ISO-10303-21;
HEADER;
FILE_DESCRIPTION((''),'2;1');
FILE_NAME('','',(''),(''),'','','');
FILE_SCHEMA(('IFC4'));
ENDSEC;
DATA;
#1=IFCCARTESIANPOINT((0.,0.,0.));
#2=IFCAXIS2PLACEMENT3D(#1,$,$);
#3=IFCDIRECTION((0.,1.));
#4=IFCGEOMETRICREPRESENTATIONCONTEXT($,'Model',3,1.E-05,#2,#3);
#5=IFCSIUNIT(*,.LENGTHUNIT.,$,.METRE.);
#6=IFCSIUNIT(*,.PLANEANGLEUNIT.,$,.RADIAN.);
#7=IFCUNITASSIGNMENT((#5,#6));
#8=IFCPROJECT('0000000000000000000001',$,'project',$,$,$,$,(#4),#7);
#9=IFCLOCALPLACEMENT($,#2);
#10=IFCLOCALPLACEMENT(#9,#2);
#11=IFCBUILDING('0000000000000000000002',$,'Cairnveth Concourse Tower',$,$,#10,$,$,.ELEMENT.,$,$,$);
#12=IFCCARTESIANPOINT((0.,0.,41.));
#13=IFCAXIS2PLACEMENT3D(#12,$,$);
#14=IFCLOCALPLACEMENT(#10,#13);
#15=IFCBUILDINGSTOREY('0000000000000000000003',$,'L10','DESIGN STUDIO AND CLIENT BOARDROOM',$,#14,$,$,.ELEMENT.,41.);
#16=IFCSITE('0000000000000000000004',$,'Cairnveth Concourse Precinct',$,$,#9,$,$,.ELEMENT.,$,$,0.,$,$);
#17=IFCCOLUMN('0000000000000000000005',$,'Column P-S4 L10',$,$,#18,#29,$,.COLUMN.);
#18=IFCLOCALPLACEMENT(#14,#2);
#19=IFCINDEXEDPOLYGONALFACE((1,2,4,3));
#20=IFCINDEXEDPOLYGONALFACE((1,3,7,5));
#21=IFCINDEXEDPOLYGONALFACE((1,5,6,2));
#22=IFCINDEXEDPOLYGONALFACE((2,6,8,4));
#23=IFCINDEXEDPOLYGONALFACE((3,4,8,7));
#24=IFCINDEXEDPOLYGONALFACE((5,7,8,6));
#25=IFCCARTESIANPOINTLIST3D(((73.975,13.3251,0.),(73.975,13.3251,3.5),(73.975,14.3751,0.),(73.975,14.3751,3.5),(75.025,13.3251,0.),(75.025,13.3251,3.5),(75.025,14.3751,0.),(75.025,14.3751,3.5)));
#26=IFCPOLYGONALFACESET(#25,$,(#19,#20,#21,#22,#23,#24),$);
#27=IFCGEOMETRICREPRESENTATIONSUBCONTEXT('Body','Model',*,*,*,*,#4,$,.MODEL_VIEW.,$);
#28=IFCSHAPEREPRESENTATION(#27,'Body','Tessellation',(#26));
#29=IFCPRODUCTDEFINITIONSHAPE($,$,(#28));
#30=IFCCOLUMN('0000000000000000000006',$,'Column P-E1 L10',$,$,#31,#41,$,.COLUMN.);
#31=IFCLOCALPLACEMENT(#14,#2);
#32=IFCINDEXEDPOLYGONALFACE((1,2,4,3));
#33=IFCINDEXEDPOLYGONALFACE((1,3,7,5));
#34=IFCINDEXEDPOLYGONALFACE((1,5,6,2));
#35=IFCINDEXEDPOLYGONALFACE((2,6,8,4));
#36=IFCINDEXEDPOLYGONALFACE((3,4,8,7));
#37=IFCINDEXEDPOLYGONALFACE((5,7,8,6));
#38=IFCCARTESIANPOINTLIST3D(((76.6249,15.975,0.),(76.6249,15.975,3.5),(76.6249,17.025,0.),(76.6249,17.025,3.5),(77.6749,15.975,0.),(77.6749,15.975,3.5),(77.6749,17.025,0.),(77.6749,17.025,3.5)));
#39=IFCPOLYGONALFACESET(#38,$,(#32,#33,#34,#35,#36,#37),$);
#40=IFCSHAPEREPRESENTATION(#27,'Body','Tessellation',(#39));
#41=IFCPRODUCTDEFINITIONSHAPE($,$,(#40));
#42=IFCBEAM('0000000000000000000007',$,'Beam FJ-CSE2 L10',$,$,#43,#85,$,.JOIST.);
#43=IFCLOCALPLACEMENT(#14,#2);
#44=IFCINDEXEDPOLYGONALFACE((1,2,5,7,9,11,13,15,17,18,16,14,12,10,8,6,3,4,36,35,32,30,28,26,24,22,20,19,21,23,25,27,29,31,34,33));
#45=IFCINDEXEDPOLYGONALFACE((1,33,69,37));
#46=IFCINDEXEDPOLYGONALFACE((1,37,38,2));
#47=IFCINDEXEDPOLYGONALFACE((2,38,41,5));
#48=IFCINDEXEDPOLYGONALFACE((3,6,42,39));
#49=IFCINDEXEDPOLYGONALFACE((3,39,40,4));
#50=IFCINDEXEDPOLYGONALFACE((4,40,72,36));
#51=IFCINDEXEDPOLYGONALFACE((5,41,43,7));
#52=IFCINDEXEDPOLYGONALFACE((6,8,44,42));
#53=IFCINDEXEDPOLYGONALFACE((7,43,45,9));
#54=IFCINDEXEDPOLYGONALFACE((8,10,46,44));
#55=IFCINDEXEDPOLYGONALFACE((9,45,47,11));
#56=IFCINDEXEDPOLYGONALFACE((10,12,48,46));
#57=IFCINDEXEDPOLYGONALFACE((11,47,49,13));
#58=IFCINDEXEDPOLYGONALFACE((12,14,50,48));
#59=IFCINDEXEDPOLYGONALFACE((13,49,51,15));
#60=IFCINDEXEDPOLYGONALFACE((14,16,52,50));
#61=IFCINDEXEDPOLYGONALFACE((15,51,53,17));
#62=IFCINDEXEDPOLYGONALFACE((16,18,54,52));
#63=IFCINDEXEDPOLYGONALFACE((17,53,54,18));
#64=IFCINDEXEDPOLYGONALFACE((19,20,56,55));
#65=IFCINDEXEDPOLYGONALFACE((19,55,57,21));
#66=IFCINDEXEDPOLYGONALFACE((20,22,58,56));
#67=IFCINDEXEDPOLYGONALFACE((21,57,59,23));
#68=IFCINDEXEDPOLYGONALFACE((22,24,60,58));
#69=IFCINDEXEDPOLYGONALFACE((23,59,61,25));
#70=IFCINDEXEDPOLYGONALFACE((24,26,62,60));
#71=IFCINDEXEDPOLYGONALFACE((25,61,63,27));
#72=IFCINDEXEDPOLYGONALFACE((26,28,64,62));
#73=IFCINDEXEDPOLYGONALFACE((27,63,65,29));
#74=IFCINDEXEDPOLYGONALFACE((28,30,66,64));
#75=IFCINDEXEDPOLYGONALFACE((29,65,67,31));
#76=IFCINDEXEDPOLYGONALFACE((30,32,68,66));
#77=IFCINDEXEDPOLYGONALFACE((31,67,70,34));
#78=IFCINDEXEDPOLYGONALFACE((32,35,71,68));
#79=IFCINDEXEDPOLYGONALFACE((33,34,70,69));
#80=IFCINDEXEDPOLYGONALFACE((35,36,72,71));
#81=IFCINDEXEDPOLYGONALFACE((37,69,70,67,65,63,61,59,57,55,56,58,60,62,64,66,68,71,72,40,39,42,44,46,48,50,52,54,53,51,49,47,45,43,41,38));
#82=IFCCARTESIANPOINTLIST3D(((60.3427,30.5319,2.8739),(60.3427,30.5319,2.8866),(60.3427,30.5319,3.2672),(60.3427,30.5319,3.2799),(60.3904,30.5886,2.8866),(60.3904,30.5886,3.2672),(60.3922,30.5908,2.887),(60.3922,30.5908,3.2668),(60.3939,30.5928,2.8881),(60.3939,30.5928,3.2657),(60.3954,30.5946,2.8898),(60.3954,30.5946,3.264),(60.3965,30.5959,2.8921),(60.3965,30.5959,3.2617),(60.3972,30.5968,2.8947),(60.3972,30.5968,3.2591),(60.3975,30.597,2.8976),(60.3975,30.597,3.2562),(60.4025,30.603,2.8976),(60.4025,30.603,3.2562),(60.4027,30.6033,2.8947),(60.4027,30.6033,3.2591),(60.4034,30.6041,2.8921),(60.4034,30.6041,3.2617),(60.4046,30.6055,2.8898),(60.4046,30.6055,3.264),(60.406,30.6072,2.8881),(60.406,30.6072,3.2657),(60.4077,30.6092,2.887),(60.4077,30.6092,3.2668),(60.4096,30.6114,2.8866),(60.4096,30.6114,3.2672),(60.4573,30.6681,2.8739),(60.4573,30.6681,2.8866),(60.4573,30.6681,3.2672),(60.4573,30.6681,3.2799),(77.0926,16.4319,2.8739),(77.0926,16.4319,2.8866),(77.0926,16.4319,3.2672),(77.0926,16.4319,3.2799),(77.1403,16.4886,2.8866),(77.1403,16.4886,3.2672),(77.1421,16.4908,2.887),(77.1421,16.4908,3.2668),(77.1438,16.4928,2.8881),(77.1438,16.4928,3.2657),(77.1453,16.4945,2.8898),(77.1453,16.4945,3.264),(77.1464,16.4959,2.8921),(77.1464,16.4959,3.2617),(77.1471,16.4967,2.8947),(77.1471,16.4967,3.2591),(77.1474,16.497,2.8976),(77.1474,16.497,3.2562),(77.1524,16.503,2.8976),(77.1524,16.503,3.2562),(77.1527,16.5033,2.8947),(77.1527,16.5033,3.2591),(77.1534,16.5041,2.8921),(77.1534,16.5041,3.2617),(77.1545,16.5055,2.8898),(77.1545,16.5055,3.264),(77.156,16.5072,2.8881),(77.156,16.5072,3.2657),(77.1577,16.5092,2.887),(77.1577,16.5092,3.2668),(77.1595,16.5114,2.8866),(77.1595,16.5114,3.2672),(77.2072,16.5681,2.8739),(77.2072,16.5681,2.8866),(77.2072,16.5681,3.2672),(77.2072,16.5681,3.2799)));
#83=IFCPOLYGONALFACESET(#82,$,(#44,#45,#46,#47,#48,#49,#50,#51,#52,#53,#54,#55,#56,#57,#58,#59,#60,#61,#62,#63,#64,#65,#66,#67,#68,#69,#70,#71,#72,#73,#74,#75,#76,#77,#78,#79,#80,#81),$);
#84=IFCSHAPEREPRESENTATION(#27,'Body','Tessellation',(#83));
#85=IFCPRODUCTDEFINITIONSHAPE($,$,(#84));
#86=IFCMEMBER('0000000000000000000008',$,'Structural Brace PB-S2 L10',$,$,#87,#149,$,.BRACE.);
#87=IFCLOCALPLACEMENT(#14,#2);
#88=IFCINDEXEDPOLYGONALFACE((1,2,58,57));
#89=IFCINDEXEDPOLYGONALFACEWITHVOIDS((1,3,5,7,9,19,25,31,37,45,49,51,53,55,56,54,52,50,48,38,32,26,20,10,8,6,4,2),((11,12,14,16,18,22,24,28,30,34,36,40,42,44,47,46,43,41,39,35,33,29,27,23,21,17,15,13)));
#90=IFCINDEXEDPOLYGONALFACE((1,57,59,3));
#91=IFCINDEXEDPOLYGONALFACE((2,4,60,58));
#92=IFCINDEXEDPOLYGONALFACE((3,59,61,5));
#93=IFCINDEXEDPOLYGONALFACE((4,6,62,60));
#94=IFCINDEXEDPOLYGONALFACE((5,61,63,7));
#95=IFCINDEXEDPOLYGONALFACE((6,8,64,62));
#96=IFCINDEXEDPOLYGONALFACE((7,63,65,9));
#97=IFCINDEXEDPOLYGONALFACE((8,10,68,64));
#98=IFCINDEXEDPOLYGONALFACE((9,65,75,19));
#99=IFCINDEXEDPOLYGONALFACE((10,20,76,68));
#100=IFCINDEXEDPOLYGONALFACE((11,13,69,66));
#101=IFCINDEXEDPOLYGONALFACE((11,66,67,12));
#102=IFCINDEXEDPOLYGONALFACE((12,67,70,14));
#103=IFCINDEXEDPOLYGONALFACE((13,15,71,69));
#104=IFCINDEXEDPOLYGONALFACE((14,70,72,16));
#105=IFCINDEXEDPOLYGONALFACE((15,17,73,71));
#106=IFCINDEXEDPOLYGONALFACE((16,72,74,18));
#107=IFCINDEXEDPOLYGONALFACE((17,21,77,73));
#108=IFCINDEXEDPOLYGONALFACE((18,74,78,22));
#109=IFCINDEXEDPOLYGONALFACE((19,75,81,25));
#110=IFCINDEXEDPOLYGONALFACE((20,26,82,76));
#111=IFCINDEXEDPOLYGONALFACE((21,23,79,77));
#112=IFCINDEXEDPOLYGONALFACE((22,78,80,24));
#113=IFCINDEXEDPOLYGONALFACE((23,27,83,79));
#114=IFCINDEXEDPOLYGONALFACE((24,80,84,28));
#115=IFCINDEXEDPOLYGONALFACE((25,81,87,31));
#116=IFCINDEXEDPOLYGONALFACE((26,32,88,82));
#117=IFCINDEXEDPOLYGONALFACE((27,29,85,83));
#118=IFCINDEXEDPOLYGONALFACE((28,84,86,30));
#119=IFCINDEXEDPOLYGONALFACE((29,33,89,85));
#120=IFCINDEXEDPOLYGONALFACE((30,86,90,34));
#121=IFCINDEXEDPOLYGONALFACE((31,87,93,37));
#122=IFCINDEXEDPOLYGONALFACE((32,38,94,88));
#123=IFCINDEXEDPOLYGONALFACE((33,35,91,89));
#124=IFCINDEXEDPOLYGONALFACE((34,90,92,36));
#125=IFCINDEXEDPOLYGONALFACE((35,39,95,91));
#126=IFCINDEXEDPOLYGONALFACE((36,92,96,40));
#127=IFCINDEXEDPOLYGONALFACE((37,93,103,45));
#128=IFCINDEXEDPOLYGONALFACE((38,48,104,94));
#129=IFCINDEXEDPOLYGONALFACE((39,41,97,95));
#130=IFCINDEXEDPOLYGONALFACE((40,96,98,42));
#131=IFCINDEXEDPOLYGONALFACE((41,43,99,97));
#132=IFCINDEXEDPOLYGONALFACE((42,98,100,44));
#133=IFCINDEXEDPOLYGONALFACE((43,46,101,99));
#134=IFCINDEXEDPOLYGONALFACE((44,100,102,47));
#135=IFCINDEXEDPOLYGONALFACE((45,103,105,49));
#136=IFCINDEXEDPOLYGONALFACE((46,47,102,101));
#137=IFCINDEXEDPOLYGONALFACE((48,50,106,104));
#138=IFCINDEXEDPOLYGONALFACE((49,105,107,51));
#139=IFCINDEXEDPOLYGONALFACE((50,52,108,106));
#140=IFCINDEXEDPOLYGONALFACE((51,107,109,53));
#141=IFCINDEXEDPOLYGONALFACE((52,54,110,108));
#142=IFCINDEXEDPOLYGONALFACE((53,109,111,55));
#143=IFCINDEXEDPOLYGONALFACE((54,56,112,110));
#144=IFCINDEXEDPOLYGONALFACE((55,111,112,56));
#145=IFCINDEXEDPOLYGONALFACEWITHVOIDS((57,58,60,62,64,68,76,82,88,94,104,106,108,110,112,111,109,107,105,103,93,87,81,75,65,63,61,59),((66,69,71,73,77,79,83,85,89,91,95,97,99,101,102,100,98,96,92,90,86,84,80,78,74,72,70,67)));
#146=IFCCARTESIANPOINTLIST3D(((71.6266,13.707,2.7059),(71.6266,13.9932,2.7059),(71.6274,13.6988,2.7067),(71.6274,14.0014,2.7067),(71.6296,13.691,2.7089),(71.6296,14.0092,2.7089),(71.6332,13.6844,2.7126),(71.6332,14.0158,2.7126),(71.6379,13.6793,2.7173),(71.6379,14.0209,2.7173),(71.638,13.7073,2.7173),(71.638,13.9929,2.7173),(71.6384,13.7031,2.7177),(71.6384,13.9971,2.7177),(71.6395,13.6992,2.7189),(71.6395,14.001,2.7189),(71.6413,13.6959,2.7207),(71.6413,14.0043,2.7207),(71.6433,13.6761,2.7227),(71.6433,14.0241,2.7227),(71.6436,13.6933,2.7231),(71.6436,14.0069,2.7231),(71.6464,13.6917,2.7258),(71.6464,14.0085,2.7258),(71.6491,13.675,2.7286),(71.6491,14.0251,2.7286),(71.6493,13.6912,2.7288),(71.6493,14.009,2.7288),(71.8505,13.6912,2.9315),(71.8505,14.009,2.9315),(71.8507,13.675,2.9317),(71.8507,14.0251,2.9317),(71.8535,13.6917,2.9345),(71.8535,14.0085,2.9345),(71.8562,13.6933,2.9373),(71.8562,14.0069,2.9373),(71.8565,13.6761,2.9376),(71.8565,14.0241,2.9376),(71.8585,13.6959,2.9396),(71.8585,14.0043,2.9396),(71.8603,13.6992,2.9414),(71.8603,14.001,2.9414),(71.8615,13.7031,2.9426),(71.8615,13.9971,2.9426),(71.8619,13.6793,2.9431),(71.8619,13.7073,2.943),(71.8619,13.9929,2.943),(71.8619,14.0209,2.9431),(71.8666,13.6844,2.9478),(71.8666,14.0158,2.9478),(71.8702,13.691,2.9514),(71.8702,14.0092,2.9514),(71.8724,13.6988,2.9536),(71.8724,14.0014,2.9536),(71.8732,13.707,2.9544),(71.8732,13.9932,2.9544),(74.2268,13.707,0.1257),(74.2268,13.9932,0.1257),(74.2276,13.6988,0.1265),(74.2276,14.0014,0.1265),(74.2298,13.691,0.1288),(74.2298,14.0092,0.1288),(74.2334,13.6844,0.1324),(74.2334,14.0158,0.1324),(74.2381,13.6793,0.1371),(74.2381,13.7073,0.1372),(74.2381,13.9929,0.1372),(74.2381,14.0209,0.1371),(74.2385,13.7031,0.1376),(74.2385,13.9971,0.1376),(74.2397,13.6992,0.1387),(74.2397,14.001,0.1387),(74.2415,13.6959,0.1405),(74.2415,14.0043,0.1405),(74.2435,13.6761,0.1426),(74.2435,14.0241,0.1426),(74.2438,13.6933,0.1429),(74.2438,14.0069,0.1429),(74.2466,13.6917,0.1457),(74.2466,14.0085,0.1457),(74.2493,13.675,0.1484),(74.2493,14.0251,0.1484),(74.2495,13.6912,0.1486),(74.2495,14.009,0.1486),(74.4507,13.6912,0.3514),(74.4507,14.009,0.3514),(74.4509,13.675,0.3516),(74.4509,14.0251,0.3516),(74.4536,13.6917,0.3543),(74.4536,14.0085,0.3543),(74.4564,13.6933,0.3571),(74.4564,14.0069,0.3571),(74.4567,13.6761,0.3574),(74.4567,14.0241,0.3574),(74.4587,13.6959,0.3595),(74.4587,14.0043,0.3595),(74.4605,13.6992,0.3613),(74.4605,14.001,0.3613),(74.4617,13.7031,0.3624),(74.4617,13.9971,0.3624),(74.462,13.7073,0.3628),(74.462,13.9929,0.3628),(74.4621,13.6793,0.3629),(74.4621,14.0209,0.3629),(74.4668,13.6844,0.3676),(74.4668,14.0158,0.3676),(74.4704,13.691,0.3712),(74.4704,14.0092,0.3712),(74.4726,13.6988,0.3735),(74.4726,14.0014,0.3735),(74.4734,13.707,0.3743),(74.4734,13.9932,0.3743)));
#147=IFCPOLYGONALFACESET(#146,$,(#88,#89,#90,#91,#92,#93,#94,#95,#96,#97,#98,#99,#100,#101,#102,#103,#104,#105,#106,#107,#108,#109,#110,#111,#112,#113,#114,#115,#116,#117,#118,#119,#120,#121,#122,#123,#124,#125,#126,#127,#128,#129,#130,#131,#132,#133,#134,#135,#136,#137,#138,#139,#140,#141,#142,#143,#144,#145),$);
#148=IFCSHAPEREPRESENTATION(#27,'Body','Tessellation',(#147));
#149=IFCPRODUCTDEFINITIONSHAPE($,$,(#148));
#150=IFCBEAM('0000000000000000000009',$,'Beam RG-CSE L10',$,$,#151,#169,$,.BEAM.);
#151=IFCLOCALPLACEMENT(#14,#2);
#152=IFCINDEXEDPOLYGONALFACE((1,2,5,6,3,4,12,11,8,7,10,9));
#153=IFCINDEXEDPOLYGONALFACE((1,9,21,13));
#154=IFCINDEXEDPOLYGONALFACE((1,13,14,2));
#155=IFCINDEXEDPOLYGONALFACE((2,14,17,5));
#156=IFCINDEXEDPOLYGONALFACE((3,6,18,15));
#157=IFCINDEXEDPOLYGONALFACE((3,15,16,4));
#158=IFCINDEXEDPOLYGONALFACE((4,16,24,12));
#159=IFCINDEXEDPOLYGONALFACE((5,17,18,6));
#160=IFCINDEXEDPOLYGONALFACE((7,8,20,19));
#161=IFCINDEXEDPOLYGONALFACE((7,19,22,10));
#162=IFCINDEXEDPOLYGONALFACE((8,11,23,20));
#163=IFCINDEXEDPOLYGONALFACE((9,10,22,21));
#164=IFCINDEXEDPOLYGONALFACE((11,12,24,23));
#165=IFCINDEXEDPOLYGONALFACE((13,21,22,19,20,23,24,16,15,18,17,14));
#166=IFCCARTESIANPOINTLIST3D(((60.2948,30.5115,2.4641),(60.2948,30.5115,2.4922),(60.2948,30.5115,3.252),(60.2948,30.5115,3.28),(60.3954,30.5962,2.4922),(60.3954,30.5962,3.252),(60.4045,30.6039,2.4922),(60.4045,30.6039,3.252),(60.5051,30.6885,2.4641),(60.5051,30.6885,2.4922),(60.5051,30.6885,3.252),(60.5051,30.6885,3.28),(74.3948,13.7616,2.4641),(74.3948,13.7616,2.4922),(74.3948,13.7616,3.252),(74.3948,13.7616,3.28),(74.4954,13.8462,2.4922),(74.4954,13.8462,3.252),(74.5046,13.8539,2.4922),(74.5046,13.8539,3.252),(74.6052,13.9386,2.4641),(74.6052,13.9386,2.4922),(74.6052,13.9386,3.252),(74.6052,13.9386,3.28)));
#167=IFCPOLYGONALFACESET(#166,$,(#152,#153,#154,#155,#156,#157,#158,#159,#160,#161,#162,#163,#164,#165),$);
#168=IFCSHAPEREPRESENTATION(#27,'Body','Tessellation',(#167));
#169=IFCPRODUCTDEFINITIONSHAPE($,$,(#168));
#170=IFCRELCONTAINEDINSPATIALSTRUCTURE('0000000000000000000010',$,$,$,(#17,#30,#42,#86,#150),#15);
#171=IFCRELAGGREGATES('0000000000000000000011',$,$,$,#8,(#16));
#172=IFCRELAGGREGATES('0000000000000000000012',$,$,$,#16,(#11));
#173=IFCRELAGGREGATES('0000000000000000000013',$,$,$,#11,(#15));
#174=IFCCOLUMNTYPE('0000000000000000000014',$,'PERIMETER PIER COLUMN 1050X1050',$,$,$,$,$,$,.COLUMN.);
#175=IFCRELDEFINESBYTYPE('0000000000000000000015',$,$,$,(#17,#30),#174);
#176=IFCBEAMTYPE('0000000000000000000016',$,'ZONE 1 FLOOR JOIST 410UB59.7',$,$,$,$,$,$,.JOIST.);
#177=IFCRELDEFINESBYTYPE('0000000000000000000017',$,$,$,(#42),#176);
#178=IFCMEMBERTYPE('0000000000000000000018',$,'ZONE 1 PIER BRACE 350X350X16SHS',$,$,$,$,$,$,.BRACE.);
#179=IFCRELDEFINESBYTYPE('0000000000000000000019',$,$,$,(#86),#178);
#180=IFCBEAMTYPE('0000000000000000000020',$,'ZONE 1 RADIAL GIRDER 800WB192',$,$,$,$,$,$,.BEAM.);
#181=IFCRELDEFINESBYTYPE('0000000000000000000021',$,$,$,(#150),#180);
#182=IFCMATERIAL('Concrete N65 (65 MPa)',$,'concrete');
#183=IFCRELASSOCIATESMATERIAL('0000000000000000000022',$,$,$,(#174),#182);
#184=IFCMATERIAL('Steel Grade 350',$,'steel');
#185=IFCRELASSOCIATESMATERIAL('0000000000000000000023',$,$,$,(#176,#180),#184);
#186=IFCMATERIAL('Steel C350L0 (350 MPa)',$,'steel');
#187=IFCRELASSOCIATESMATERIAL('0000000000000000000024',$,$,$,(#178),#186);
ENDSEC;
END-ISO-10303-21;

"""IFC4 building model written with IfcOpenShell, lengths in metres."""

from ifc_helpers import new_model, si_unit, direction, frame, origin, origin_2d, place, context, subcontext, project, spatial, rectangle, hollow_rectangle, i_section, extrude, material, material_profile, profile_set, type_object, element, save


model = new_model("IFC4")

# Units and contexts
model_context = context("Model", 3, precision=1e-05, world=origin(), true_north=direction((0.0, 1.0)))
body_context = subcontext(model_context, "Body", "Model", "MODEL_VIEW")
ifc_project = project(units=[si_unit("LENGTHUNIT", "METRE"), si_unit("PLANEANGLEUNIT", "RADIAN")], contexts=[model_context])

# Site, building, storey
site_placement = place(None, origin())
site = spatial("IfcSite", under=ifc_project, at=site_placement, Name="Cairnveth Concourse Precinct", CompositionType="ELEMENT", RefElevation=0.0)
building_placement = place(site_placement, origin())
building = spatial("IfcBuilding", under=site, at=building_placement, Name="Cairnveth Concourse Tower", CompositionType="ELEMENT")
storey_placement = place(building_placement, frame((0.0, 0.0, 41.0)))
storey = spatial("IfcBuildingStorey", under=building, at=storey_placement, Name="L10", Description="DESIGN STUDIO AND CLIENT BOARDROOM", CompositionType="ELEMENT", Elevation=41.0)

# Columns
ifc_material_1 = material(Name="Concrete N65 (65 MPa)", Category="concrete")
ifc_material_profile_1 = material_profile(ifc_material_1, rectangle(XDim=1.05, YDim=1.05, at=origin_2d()), Name="RC-COL-1050x1050")
ifc_profile_set_1 = profile_set([ifc_material_profile_1], Name="Concrete N65 (65 MPa)")
column_type = type_object("IfcColumnType", Name="PERIMETER PIER COLUMN 1050X1050", PredefinedType="COLUMN", material=ifc_profile_set_1)
for number, where, z_axis, x_axis, name in (
    (1, (74.5, 13.8501, 0.0), (0.0, 0.0, 1.0), (1.0, 0.0, 0.0), "Column P-S4 L10"),
    (2, (77.1499, 16.5, 0.0), (0.0, 0.0, 1.0), (0.0, 1.0, 0.0), "Column P-E1 L10"),
):
    element("IfcColumn", number, at=place(storey_placement, frame(where, z_axis=z_axis, x_axis=x_axis)), inside=storey, type_object=column_type, Name=name, PredefinedType="COLUMN", context=body_context, shape_type="SweptSolid", body=[
        extrude(rectangle(XDim=1.05, YDim=1.05, at=origin_2d()), origin(), (0.0, 0.0, 1.0), 3.5),
    ])

# Beam
ifc_material_2 = material(Name="Steel Grade 350", Category="steel")
ifc_material_profile_2 = material_profile(ifc_material_2, i_section(OverallWidth=0.178, OverallDepth=0.406, WebThickness=0.0078, FlangeThickness=0.0127, FilletRadius=0.011, at=origin_2d()), Name="410UB59.7")
ifc_profile_set_2 = profile_set([ifc_material_profile_2], Name="Steel Grade 350")
beam_type_1 = type_object("IfcBeamType", Name="ZONE 1 FLOOR JOIST 410UB59.7", PredefinedType="JOIST", material=ifc_profile_set_2)
beam_1_placement = place(storey_placement, frame((77.1499, 16.5, 3.0769), z_axis=(-0.765027, 0.643998, 0.0), x_axis=(-0.643998, -0.765027, 0.0)))
element("IfcBeam", 3, at=beam_1_placement, inside=storey, type_object=beam_type_1, Name="Beam FJ-CSE2 L10", PredefinedType="JOIST", context=body_context, shape_type="SweptSolid", body=[
    extrude(i_section(OverallWidth=0.178, OverallDepth=0.406, WebThickness=0.0078, FlangeThickness=0.0127, FilletRadius=0.011, at=origin_2d()), origin(), (0.0, 0.0, 1.0), 21.8945),
])

# Member
ifc_material_3 = material(Name="Steel C350L0 (350 MPa)", Category="steel")
ifc_material_profile_3 = material_profile(ifc_material_3, hollow_rectangle(XDim=0.3501, YDim=0.3501, WallThickness=0.0161, InnerFilletRadius=0.0161, OuterFilletRadius=0.032, at=origin_2d()), Name="350x350x16.0SHS")
ifc_profile_set_3 = profile_set([ifc_material_profile_3], Name="Steel C350L0 (350 MPa)")
member_type = type_object("IfcMemberType", Name="ZONE 1 PIER BRACE 350X350X16SHS", PredefinedType="BRACE", material=ifc_profile_set_3)
member_placement = place(storey_placement, frame((74.3501, 13.8501, 0.25), z_axis=(-0.709834, 0.0, 0.704369), x_axis=(0.0, -1.0, 0.0)))
element("IfcMember", 4, at=member_placement, inside=storey, type_object=member_type, Name="Structural Brace PB-S2 L10", PredefinedType="BRACE", context=body_context, shape_type="SweptSolid", body=[
    extrude(hollow_rectangle(XDim=0.3501, YDim=0.3501, WallThickness=0.0161, InnerFilletRadius=0.0161, OuterFilletRadius=0.032, at=origin_2d()), origin(), (0.0, 0.0, 1.0), 3.6631),
])

# Beam
ifc_material_profile_4 = material_profile(ifc_material_2, i_section(OverallWidth=0.2749, OverallDepth=0.8159, WebThickness=0.012, FlangeThickness=0.0281, at=origin_2d()), Name="800WB192")
ifc_profile_set_4 = profile_set([ifc_material_profile_4], Name="Steel Grade 350")
beam_type_2 = type_object("IfcBeamType", Name="ZONE 1 RADIAL GIRDER 800WB192", PredefinedType="BEAM", material=ifc_profile_set_4)
beam_2_placement = place(storey_placement, frame((74.5, 13.8501, 2.8721), z_axis=(-0.643998, 0.765027, 0.0), x_axis=(-0.765027, -0.643998, 0.0)))
element("IfcBeam", 5, at=beam_2_placement, inside=storey, type_object=beam_type_2, Name="Beam RG-CSE L10", PredefinedType="BEAM", context=body_context, shape_type="SweptSolid", body=[
    extrude(i_section(OverallWidth=0.2749, OverallDepth=0.8159, WebThickness=0.012, FlangeThickness=0.0281, at=origin_2d()), origin(), (0.0, 0.0, 1.0), 21.8945),
])

save(model, "model.ifc")
